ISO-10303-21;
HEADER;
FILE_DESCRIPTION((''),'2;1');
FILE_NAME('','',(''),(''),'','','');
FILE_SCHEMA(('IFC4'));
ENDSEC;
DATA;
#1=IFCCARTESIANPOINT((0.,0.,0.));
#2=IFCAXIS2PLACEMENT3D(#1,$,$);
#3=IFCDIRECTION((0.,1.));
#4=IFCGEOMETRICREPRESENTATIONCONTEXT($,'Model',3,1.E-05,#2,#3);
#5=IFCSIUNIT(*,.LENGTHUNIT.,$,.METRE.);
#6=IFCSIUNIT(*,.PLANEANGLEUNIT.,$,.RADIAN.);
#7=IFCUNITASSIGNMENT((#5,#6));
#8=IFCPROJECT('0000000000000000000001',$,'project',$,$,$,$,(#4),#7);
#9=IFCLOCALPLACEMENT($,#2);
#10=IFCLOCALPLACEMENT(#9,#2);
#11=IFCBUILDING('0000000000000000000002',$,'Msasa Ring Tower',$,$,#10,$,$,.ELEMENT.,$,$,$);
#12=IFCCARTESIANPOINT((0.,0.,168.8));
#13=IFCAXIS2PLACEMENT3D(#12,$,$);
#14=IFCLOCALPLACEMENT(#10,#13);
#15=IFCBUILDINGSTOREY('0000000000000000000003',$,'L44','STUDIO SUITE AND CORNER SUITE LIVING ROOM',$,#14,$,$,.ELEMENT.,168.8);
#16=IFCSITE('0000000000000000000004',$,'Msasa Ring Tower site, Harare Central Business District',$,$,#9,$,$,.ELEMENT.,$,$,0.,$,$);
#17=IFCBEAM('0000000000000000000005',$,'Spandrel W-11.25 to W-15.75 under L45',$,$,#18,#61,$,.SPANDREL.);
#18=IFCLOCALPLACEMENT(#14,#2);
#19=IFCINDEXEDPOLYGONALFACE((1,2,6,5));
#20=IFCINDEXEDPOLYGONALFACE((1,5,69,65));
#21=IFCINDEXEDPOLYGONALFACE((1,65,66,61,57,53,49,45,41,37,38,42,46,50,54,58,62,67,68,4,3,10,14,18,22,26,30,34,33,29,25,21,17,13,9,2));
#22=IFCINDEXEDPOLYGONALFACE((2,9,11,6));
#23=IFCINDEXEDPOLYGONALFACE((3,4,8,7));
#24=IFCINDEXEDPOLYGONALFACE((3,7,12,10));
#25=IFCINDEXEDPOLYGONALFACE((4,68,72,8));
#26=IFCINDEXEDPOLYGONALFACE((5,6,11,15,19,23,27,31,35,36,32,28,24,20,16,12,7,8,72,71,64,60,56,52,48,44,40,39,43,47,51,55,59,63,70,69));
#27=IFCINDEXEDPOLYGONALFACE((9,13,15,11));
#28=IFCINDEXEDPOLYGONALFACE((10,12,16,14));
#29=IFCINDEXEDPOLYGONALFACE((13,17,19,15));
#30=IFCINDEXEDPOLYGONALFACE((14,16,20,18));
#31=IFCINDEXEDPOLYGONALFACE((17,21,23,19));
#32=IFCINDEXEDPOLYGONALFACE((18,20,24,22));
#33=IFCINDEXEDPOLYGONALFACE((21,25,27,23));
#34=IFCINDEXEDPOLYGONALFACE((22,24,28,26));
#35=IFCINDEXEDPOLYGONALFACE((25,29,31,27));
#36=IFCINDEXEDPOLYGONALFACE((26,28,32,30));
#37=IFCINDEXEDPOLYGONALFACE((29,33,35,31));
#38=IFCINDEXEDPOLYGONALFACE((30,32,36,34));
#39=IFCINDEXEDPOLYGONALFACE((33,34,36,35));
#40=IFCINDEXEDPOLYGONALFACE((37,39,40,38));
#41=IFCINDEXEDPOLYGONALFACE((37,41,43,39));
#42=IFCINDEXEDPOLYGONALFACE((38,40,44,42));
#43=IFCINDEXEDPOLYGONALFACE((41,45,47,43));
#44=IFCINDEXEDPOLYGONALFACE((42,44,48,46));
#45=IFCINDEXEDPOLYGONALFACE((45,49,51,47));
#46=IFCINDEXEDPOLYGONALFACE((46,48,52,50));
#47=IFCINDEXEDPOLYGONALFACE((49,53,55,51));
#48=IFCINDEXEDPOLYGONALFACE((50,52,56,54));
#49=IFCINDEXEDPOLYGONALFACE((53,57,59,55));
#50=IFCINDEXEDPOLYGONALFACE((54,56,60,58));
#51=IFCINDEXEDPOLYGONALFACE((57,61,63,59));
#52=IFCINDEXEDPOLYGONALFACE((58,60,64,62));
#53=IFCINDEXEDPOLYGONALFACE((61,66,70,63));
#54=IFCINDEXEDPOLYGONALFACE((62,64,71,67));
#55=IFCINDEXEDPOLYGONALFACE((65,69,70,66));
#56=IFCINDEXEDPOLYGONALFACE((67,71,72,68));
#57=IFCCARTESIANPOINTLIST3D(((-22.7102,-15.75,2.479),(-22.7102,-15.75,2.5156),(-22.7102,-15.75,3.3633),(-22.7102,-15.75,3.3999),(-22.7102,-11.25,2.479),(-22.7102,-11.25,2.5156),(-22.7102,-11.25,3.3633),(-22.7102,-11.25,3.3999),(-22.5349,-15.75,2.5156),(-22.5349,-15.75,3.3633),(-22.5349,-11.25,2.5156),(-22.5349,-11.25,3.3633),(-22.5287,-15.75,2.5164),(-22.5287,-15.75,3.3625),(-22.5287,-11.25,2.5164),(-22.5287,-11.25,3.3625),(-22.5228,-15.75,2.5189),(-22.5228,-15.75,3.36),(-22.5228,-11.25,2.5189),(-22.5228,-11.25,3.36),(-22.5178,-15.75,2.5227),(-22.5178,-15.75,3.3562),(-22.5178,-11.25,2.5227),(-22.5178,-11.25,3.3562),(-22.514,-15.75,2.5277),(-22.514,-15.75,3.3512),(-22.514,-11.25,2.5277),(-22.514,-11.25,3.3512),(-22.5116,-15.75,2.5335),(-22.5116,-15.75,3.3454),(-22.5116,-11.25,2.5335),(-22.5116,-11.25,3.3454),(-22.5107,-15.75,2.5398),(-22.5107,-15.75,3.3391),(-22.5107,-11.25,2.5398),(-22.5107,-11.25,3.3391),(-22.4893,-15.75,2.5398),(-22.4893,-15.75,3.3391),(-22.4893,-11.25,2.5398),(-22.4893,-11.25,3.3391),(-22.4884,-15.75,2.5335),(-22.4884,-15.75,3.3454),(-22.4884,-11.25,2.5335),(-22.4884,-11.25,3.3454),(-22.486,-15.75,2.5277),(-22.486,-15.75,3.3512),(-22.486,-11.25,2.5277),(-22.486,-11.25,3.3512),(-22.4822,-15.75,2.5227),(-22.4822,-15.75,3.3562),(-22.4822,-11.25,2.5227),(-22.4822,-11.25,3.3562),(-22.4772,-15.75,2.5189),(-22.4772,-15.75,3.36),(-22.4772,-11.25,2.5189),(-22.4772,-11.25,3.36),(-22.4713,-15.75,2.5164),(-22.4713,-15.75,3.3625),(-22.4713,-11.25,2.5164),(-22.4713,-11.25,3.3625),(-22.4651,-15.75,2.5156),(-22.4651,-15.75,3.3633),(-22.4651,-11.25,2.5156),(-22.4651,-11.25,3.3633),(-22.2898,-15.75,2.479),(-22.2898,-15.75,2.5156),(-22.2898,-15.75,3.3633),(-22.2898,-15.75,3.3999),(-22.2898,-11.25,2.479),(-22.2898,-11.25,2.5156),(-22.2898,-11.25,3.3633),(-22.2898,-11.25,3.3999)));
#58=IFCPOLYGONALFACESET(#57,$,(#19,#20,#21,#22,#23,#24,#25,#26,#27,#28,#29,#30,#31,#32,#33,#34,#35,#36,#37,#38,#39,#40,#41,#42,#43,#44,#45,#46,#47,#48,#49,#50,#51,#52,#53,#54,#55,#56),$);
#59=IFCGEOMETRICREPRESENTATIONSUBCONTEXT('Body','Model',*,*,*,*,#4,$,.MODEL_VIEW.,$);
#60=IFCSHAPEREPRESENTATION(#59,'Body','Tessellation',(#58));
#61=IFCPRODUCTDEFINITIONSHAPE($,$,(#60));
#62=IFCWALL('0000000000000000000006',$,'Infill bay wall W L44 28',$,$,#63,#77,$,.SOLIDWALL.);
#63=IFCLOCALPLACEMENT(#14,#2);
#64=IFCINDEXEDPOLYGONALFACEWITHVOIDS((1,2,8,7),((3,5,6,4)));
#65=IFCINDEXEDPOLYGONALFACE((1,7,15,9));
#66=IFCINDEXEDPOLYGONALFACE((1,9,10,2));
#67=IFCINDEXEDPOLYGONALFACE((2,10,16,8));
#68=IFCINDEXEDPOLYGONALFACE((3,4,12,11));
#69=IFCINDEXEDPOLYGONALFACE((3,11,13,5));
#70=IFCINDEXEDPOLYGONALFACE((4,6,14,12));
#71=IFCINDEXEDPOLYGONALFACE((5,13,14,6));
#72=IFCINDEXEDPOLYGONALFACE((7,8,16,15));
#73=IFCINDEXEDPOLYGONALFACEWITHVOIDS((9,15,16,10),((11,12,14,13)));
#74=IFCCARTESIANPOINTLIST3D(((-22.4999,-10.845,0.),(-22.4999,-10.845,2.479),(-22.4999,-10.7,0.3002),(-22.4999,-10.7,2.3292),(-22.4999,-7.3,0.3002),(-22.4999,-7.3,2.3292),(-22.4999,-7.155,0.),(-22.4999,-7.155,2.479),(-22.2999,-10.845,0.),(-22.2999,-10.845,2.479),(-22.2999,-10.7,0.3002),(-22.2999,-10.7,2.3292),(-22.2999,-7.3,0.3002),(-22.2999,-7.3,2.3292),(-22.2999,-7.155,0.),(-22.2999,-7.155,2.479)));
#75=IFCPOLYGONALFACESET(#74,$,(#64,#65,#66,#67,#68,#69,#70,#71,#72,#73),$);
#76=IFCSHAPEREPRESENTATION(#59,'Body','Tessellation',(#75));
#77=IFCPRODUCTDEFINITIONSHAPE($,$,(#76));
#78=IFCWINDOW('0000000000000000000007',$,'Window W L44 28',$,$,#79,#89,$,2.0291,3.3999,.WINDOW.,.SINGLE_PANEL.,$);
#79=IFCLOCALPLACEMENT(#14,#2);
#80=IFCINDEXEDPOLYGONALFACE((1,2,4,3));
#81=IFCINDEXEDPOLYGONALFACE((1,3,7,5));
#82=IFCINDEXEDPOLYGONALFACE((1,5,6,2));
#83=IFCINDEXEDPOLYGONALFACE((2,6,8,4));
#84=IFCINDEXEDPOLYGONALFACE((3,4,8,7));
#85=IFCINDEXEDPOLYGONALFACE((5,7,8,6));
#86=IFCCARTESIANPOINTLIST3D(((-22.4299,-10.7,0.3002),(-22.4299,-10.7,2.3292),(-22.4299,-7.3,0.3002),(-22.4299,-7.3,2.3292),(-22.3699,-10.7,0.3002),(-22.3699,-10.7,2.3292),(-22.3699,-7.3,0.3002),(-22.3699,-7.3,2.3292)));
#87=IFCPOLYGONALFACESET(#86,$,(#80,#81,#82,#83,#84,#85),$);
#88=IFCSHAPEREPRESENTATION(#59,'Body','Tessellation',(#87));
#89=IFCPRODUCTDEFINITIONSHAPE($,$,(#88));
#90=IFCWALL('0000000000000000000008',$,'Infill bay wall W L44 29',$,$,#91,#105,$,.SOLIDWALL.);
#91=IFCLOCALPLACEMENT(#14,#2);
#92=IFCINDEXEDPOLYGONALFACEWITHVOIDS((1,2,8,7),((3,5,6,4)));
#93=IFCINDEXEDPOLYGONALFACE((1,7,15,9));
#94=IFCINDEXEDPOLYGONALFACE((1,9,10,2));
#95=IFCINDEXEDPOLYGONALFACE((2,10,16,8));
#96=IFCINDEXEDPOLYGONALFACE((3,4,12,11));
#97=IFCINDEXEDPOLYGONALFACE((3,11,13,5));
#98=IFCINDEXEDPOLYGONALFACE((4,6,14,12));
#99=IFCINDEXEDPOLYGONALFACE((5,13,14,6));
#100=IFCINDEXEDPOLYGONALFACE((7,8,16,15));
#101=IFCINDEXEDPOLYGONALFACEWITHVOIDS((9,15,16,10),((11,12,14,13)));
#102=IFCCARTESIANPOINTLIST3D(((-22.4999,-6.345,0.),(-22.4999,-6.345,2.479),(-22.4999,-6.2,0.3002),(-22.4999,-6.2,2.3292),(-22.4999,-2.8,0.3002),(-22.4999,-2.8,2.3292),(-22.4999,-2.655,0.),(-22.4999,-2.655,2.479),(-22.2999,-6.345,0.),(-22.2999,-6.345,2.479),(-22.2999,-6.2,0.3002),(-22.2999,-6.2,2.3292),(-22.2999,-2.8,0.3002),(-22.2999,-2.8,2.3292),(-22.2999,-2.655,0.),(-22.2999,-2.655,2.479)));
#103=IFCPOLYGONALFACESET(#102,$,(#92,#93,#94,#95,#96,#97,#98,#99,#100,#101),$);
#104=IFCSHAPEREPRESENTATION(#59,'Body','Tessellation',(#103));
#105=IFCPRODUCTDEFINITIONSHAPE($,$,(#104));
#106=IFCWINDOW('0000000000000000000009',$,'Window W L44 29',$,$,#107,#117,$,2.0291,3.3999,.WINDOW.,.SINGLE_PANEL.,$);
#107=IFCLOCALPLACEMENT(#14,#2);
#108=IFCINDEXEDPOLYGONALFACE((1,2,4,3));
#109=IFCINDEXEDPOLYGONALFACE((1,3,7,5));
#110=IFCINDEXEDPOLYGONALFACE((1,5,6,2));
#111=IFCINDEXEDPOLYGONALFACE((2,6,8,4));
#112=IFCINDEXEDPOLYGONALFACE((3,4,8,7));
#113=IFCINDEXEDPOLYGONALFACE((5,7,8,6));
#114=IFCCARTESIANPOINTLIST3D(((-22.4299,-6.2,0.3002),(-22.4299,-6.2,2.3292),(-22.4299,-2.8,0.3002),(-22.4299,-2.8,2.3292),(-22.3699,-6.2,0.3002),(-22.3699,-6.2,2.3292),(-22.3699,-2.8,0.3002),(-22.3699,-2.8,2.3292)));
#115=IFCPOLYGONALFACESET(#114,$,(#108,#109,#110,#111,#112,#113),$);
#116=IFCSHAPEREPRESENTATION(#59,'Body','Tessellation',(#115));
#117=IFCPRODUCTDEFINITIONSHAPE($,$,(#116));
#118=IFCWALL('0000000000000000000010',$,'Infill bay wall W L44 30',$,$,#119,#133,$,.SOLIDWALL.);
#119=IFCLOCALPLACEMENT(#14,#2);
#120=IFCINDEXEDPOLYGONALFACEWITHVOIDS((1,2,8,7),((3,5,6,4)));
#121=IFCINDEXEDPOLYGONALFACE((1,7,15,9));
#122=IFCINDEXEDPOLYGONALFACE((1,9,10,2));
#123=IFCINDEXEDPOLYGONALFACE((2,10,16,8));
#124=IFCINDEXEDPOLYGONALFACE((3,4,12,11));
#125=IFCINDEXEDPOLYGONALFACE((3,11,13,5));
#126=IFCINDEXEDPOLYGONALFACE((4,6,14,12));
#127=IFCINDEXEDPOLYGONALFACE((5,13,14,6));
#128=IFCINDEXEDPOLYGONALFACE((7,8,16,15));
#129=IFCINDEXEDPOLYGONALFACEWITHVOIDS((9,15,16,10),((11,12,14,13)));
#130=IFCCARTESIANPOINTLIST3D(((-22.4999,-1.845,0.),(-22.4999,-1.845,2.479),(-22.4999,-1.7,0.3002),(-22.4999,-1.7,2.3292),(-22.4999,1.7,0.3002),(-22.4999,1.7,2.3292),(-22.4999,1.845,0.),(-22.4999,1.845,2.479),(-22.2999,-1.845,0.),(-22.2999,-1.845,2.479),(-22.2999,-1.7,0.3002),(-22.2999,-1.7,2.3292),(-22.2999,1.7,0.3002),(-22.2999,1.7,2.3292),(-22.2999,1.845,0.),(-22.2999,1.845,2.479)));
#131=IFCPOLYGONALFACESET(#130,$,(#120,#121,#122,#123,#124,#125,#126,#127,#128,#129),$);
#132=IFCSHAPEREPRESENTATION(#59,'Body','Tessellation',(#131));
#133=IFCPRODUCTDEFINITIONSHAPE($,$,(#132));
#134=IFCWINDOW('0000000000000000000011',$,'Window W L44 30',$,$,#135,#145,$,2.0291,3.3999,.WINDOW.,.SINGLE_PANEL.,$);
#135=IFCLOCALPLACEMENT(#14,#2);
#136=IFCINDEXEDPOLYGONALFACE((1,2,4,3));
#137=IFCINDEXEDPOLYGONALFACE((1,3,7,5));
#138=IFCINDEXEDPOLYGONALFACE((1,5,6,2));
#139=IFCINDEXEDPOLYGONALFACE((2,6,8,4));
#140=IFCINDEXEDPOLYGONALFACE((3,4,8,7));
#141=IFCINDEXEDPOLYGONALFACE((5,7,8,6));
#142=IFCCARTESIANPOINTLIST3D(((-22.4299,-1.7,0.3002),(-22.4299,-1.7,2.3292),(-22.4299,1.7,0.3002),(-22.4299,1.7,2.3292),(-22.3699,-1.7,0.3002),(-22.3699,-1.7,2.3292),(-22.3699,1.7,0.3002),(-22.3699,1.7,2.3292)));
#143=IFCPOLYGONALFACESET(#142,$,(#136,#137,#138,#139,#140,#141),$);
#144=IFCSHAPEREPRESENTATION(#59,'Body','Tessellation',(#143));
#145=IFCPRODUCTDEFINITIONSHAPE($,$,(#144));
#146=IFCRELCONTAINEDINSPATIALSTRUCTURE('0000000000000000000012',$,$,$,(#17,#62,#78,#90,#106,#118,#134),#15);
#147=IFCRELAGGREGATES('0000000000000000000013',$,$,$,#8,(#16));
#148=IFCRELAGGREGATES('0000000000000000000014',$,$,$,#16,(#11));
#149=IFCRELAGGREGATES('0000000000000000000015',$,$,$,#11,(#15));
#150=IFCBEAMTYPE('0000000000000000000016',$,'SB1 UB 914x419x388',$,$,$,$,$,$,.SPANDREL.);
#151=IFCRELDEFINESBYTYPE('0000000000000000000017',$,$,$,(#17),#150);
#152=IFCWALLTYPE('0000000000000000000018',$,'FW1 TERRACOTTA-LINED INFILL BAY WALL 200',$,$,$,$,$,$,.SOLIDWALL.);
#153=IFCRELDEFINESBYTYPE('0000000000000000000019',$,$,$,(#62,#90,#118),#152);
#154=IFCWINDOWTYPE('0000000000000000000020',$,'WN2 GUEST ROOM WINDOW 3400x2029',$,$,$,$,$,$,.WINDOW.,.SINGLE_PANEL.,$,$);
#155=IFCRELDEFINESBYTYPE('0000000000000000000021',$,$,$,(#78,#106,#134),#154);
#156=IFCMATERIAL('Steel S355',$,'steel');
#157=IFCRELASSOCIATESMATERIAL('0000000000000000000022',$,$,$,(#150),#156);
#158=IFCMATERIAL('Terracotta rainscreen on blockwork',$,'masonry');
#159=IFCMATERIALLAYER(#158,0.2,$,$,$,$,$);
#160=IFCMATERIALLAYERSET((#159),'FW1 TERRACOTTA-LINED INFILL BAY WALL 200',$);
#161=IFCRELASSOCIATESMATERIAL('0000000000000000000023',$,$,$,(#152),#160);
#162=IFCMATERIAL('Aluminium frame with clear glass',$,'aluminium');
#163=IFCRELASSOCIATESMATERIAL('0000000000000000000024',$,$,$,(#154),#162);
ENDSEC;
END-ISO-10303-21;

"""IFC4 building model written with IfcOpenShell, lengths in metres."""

from ifc_helpers import new_model, si_unit, direction, frame, frame_2d, origin, origin_2d, place, context, subcontext, project, spatial, rectangle, i_section, extrude, material, layer, layer_set, material_profile, profile_set, type_object, element, fill, save


model = new_model("IFC4")

# Units and contexts
model_context = context("Model", 3, precision=1e-05, world=origin(), true_north=direction((0.0, 1.0)))
body_context = subcontext(model_context, "Body", "Model", "MODEL_VIEW")
ifc_project = project(units=[si_unit("LENGTHUNIT", "METRE"), si_unit("PLANEANGLEUNIT", "RADIAN")], contexts=[model_context])

# Site, building, storey
site_placement = place(None, origin())
site = spatial("IfcSite", under=ifc_project, at=site_placement, Name="Msasa Ring Tower site, Harare Central Business District", CompositionType="ELEMENT", RefElevation=0.0)
building_placement = place(site_placement, origin())
building = spatial("IfcBuilding", under=site, at=building_placement, Name="Msasa Ring Tower", CompositionType="ELEMENT")
storey_placement = place(building_placement, frame((0.0, 0.0, 168.8)))
storey = spatial("IfcBuildingStorey", under=building, at=storey_placement, Name="L44", Description="STUDIO SUITE AND CORNER SUITE LIVING ROOM", CompositionType="ELEMENT", Elevation=168.8)

# Beam
ifc_material_1 = material(Name="Steel S355", Category="steel")
ifc_material_profile_1 = material_profile(ifc_material_1, i_section(OverallWidth=0.4204, OverallDepth=0.9209, WebThickness=0.0215, FlangeThickness=0.0366, FilletRadius=0.0242, at=origin_2d()), Name="UB 914x419x388")
ifc_profile_set_1 = profile_set([ifc_material_profile_1], Name="Steel S355")
beam_type_1 = type_object("IfcBeamType", Name="SB1 UB 914x419x388", PredefinedType="SPANDREL", material=ifc_profile_set_1)
for number, where, z_axis, x_axis, name in (
    (1, (-22.5, -11.25, 2.9395), (0.0, -1.0, 0.0), (1.0, 0.0, 0.0), "Spandrel W-11.25 to W-15.75 under L45"),
):
    element("IfcBeam", number, at=place(storey_placement, frame(where, z_axis=z_axis, x_axis=x_axis)), inside=storey, type_object=beam_type_1, Name=name, PredefinedType="SPANDREL", context=body_context, shape_type="SweptSolid", body=[
        extrude(i_section(OverallWidth=0.4204, OverallDepth=0.9209, WebThickness=0.0215, FlangeThickness=0.0366, FilletRadius=0.0242, at=origin_2d()), origin(), (0.0, 0.0, 1.0), 4.5),
    ])

# Walls, openings, windows
ifc_material_2 = material(Name="Terracotta rainscreen on blockwork", Category="masonry")
ifc_layer_1 = layer(ifc_material_2, 0.2)
ifc_layer_set_1 = layer_set([ifc_layer_1], Name="FW1 TERRACOTTA-LINED INFILL BAY WALL 200")
wall_type_1 = type_object("IfcWallType", Name="FW1 TERRACOTTA-LINED INFILL BAY WALL 200", PredefinedType="SOLIDWALL", material=ifc_layer_set_1)
wall_1_placement = place(storey_placement, frame((-22.3999, -10.845, 0.0), z_axis=(0.0, 0.0, 1.0), x_axis=(0.0, 1.0, 0.0)))
wall_1 = element("IfcWall", 2, at=wall_1_placement, inside=storey, type_object=wall_type_1, Name="Infill bay wall W L44 28", PredefinedType="SOLIDWALL", context=body_context, shape_type="SweptSolid", body=[
    extrude(rectangle(XDim=3.6899, YDim=0.2, at=frame_2d((1.845, 0.0))), origin(), (0.0, 0.0, 1.0), 2.479),
])
opening_1_placement = place(wall_1_placement, frame((0.145, 0.0, 0.3)))
opening_1 = element("IfcOpeningElement", 3, at=opening_1_placement, cuts=wall_1, PredefinedType="OPENING", context=body_context, shape_type="SweptSolid", body=[
    extrude(rectangle(XDim=3.3999, YDim=2.0291, at=frame_2d((1.7, 1.0146))), frame((0.0, 0.1099, 0.0), z_axis=(0.0, -1.0, 0.0), x_axis=(1.0, 0.0, 0.0)), (0.0, 0.0, 1.0), 0.22),
])
ifc_material_3 = material(Name="Aluminium frame with clear glass", Category="aluminium")
window_type = type_object("IfcWindowType", Name="WN2 GUEST ROOM WINDOW 3400x2029", PartitioningType="SINGLE_PANEL", PredefinedType="WINDOW", material=ifc_material_3)
window_1_placement = place(opening_1_placement, origin())
window_1 = element("IfcWindow", 4, at=window_1_placement, inside=storey, type_object=window_type, Name="Window W L44 28", OverallHeight=2.0291, OverallWidth=3.3999, PartitioningType="SINGLE_PANEL", PredefinedType="WINDOW", context=body_context, shape_type="SweptSolid", body=[
    extrude(rectangle(XDim=3.3999, YDim=2.0291, at=frame_2d((1.7, 1.0146))), frame((0.0, 0.03, 0.0), z_axis=(0.0, -1.0, 0.0), x_axis=(1.0, 0.0, 0.0)), (0.0, 0.0, 1.0), 0.0601),
])
fill(opening_1, window_1)
wall_2_placement = place(storey_placement, frame((-22.3999, -6.345, 0.0), z_axis=(0.0, 0.0, 1.0), x_axis=(0.0, 1.0, 0.0)))
wall_2 = element("IfcWall", 5, at=wall_2_placement, inside=storey, type_object=wall_type_1, Name="Infill bay wall W L44 29", PredefinedType="SOLIDWALL", context=body_context, shape_type="SweptSolid", body=[
    extrude(rectangle(XDim=3.6899, YDim=0.2, at=frame_2d((1.845, 0.0))), origin(), (0.0, 0.0, 1.0), 2.479),
])
opening_2_placement = place(wall_2_placement, frame((0.145, 0.0, 0.3)))
opening_2 = element("IfcOpeningElement", 6, at=opening_2_placement, cuts=wall_2, PredefinedType="OPENING", context=body_context, shape_type="SweptSolid", body=[
    extrude(rectangle(XDim=3.3999, YDim=2.0291, at=frame_2d((1.7, 1.0146))), frame((0.0, 0.1099, 0.0), z_axis=(0.0, -1.0, 0.0), x_axis=(1.0, 0.0, 0.0)), (0.0, 0.0, 1.0), 0.22),
])
window_2_placement = place(opening_2_placement, origin())
window_2 = element("IfcWindow", 7, at=window_2_placement, inside=storey, type_object=window_type, Name="Window W L44 29", OverallHeight=2.0291, OverallWidth=3.3999, PartitioningType="SINGLE_PANEL", PredefinedType="WINDOW", context=body_context, shape_type="SweptSolid", body=[
    extrude(rectangle(XDim=3.3999, YDim=2.0291, at=frame_2d((1.7, 1.0146))), frame((0.0, 0.03, 0.0), z_axis=(0.0, -1.0, 0.0), x_axis=(1.0, 0.0, 0.0)), (0.0, 0.0, 1.0), 0.0601),
])
fill(opening_2, window_2)
wall_3_placement = place(storey_placement, frame((-22.3999, -1.845, 0.0), z_axis=(0.0, 0.0, 1.0), x_axis=(0.0, 1.0, 0.0)))
wall_3 = element("IfcWall", 8, at=wall_3_placement, inside=storey, type_object=wall_type_1, Name="Infill bay wall W L44 30", PredefinedType="SOLIDWALL", context=body_context, shape_type="SweptSolid", body=[
    extrude(rectangle(XDim=3.6899, YDim=0.2, at=frame_2d((1.845, 0.0))), origin(), (0.0, 0.0, 1.0), 2.479),
])
opening_3_placement = place(wall_3_placement, frame((0.145, 0.0, 0.3)))
opening_3 = element("IfcOpeningElement", 9, at=opening_3_placement, cuts=wall_3, PredefinedType="OPENING", context=body_context, shape_type="SweptSolid", body=[
    extrude(rectangle(XDim=3.3999, YDim=2.0291, at=frame_2d((1.7, 1.0146))), frame((0.0, 0.1099, 0.0), z_axis=(0.0, -1.0, 0.0), x_axis=(1.0, 0.0, 0.0)), (0.0, 0.0, 1.0), 0.22),
])
window_3_placement = place(opening_3_placement, origin())
window_3 = element("IfcWindow", 10, at=window_3_placement, inside=storey, type_object=window_type, Name="Window W L44 30", OverallHeight=2.0291, OverallWidth=3.3999, PartitioningType="SINGLE_PANEL", PredefinedType="WINDOW", context=body_context, shape_type="SweptSolid", body=[
    extrude(rectangle(XDim=3.3999, YDim=2.0291, at=frame_2d((1.7, 1.0146))), frame((0.0, 0.03, 0.0), z_axis=(0.0, -1.0, 0.0), x_axis=(1.0, 0.0, 0.0)), (0.0, 0.0, 1.0), 0.0601),
])
fill(opening_3, window_3)

save(model, "model.ifc")
